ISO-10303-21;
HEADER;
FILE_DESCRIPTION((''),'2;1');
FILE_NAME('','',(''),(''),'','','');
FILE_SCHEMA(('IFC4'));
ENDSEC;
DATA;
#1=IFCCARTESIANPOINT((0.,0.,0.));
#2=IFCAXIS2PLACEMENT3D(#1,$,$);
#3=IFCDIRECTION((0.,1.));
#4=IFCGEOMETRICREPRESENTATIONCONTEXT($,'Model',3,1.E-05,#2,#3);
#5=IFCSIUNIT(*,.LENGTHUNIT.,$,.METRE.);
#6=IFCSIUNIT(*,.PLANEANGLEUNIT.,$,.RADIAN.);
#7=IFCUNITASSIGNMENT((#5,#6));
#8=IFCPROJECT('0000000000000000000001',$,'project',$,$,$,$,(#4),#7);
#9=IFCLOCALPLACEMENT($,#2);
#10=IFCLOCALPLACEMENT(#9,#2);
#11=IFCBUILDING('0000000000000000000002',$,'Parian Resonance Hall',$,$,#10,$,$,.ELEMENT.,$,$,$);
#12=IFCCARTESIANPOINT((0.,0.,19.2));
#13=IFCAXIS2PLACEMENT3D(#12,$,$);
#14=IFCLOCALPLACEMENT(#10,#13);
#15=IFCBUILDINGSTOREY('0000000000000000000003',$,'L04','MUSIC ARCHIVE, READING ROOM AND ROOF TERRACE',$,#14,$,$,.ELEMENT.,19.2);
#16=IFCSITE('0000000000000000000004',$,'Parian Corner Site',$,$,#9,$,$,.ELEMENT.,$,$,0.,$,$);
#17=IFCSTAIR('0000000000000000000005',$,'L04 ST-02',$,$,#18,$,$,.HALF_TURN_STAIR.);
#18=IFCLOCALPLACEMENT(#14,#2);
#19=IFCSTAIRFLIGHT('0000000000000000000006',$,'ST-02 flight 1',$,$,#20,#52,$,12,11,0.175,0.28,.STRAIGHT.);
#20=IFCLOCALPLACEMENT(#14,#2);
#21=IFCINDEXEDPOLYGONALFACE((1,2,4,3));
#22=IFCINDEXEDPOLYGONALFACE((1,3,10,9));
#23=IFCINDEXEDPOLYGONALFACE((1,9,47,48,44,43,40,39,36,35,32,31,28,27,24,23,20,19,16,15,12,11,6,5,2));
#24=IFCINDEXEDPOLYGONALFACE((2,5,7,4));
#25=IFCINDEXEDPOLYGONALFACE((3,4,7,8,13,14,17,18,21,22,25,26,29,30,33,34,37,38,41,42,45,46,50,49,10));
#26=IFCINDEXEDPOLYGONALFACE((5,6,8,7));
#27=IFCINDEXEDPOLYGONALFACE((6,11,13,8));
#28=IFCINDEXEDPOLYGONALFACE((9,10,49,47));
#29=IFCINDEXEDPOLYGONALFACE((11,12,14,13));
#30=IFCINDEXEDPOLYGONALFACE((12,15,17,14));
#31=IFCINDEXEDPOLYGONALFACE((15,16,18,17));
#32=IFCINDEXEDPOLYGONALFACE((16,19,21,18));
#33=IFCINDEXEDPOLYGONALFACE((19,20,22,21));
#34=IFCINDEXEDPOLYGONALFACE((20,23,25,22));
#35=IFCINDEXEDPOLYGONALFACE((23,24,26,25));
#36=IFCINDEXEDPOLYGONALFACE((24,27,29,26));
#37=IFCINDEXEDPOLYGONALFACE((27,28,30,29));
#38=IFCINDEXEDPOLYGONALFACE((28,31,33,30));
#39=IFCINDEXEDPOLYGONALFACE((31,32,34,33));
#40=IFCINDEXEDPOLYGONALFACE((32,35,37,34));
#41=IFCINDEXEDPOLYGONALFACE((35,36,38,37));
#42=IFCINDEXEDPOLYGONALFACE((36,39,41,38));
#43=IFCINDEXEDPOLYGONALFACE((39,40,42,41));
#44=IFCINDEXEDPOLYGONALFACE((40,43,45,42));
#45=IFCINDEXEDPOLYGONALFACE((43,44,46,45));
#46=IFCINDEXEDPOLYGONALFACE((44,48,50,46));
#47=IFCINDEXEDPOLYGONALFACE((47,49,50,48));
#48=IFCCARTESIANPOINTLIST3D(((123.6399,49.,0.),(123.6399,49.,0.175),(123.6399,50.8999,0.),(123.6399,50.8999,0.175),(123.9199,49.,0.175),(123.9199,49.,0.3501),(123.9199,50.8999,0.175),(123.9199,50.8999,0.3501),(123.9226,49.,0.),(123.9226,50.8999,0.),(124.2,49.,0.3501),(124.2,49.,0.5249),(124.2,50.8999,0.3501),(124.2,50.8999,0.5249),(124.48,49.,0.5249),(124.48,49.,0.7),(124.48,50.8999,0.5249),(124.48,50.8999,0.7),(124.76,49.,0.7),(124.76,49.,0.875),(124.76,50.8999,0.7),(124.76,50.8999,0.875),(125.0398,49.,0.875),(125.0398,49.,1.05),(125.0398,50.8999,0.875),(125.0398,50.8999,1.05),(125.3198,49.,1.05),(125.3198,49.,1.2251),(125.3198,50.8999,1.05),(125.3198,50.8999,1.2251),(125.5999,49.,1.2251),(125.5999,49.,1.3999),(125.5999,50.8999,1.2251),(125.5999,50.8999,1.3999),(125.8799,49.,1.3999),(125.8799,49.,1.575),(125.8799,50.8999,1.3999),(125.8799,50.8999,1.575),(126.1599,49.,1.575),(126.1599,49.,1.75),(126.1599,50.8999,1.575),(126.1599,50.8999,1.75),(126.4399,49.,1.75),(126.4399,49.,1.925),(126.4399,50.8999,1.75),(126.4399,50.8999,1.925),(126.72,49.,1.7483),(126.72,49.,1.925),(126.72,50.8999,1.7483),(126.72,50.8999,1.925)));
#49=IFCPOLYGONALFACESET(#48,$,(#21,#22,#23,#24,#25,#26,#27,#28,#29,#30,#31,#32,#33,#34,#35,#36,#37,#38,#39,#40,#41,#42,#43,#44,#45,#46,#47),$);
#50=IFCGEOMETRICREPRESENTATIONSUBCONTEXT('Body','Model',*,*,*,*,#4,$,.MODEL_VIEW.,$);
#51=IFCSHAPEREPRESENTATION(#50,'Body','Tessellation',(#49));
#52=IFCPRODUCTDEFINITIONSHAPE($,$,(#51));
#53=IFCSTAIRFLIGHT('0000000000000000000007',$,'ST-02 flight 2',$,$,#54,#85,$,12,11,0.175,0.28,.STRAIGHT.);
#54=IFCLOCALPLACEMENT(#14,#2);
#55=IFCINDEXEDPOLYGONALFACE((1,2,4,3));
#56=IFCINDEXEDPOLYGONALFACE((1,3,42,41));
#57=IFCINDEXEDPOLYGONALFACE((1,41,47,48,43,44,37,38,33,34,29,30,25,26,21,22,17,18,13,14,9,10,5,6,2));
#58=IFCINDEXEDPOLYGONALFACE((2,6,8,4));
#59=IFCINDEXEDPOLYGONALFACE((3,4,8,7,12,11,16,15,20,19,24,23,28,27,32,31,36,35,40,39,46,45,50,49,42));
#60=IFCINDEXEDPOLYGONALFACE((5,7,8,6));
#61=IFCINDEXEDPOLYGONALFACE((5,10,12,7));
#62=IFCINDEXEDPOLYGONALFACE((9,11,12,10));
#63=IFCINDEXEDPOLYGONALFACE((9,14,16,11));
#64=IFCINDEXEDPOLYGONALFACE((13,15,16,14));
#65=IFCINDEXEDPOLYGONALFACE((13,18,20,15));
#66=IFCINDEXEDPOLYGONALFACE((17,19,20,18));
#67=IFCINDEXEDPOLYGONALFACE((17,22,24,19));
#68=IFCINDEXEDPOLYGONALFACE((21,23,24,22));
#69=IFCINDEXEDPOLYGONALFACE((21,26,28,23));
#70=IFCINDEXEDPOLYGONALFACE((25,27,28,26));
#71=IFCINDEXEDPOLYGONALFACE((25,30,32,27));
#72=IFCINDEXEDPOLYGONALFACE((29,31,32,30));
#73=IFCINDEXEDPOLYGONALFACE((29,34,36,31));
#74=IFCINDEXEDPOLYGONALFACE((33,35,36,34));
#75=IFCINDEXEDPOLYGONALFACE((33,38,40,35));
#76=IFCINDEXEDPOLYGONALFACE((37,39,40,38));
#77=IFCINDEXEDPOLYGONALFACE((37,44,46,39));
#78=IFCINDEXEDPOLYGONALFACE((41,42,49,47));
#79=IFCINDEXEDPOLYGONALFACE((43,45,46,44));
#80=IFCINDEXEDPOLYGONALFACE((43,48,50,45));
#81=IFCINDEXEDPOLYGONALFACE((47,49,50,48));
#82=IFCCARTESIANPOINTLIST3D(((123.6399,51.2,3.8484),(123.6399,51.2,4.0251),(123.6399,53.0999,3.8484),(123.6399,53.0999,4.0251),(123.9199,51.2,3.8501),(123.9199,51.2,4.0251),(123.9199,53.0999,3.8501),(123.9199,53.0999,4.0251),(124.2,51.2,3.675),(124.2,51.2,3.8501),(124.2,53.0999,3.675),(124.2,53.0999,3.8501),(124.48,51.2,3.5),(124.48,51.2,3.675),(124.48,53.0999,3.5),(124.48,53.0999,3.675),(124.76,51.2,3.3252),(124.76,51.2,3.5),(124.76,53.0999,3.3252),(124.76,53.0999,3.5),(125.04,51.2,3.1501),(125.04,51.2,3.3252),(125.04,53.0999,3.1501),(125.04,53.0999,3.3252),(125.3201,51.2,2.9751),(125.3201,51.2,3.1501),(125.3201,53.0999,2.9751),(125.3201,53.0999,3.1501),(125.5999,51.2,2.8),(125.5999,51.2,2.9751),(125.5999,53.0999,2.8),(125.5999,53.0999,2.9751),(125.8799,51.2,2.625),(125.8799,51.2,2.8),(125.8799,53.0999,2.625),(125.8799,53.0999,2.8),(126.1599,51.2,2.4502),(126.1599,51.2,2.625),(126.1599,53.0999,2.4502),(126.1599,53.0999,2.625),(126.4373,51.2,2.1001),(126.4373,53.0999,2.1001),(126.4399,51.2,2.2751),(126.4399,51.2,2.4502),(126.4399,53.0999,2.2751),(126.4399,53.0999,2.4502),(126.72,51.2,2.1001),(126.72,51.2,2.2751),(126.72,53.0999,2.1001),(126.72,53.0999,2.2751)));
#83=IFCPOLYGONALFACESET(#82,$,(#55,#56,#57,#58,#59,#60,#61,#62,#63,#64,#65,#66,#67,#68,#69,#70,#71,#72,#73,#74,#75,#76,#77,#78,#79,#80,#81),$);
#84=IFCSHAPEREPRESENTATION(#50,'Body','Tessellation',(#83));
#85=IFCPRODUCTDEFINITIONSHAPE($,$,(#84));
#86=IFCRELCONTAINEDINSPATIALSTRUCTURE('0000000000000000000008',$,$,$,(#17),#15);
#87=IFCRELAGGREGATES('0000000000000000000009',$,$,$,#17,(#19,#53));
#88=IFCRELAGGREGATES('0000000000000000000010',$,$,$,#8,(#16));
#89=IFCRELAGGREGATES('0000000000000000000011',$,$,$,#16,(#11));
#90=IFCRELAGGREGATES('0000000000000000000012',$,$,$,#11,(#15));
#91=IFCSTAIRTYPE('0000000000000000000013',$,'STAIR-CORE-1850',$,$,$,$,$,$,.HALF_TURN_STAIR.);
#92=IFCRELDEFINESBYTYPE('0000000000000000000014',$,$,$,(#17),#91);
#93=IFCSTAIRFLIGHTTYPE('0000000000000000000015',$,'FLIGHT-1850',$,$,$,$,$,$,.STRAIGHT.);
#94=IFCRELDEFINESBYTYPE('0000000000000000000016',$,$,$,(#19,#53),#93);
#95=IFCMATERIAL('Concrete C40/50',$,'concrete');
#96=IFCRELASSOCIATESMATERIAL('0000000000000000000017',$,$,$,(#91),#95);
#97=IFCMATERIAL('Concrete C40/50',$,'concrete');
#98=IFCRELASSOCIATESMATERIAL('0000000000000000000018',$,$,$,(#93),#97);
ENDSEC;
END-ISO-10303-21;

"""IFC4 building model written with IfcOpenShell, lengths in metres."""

from ifc_helpers import new_model, si_unit, direction, frame, origin, place, context, subcontext, project, spatial, polyline, outline, extrude, material, type_object, element, aggregate, save


model = new_model("IFC4")

# Units and contexts
model_context = context("Model", 3, precision=1e-05, world=origin(), true_north=direction((0.0, 1.0)))
body_context = subcontext(model_context, "Body", "Model", "MODEL_VIEW")
ifc_project = project(units=[si_unit("LENGTHUNIT", "METRE"), si_unit("PLANEANGLEUNIT", "RADIAN")], contexts=[model_context])

# Site, building, storey
site_placement = place(None, origin())
site = spatial("IfcSite", under=ifc_project, at=site_placement, Name="Parian Corner Site", CompositionType="ELEMENT", RefElevation=0.0)
building_placement = place(site_placement, origin())
building = spatial("IfcBuilding", under=site, at=building_placement, Name="Parian Resonance Hall", CompositionType="ELEMENT")
storey_placement = place(building_placement, frame((0.0, 0.0, 19.2)))
storey = spatial("IfcBuildingStorey", under=building, at=storey_placement, Name="L04", Description="MUSIC ARCHIVE, READING ROOM AND ROOF TERRACE", CompositionType="ELEMENT", Elevation=19.2)

# Stair, stair flights
ifc_material_1 = material(Name="Concrete C40/50", Category="concrete")
stair_type = type_object("IfcStairType", Name="STAIR-CORE-1850", PredefinedType="HALF_TURN_STAIR", material=ifc_material_1)
stair_placement = place(storey_placement, origin())
stair = element("IfcStair", 1, at=stair_placement, inside=storey, type_object=stair_type, Name="L04 ST-02", PredefinedType="HALF_TURN_STAIR")
ifc_material_2 = material(Name="Concrete C40/50", Category="concrete")
stair_flight_type = type_object("IfcStairFlightType", Name="FLIGHT-1850", PredefinedType="STRAIGHT", material=ifc_material_2)
stair_flight_1_placement = place(storey_placement, frame((123.6399, 49.95, 0.0), z_axis=(0.0, 0.0, 1.0), x_axis=(1.0, 0.0, 0.0)))
stair_flight_1 = element("IfcStairFlight", 2, at=stair_flight_1_placement, type_object=stair_flight_type, Name="ST-02 flight 1", NumberOfRisers=12, NumberOfTreads=11, PredefinedType="STRAIGHT", RiserHeight=0.175, TreadLength=0.28, context=body_context, shape_type="SweptSolid", body=[
    extrude(outline(polyline([(0.0, 0.0), (0.0, 0.175), (0.28, 0.175), (0.28, 0.3501), (0.5601, 0.3501), (0.5601, 0.5249), (0.8401, 0.5249), (0.8401, 0.7), (1.1201, 0.7), (1.1201, 0.875), (1.3999, 0.875), (1.3999, 1.05), (1.6799, 1.05), (1.6799, 1.2251), (1.96, 1.2251), (1.96, 1.3999), (2.24, 1.3999), (2.24, 1.575), (2.52, 1.575), (2.52, 1.75), (2.8, 1.75), (2.8, 1.925), (3.0801, 1.925), (3.0801, 2.1001), (3.0801, 1.7483), (0.2827, 0.0), (0.0, 0.0)])), frame((0.0, 0.95, 0.0), z_axis=(0.0, -1.0, 0.0), x_axis=(1.0, 0.0, 0.0)), (0.0, 0.0, 1.0), 1.8999),
])
stair_flight_2_placement = place(storey_placement, frame((126.72, 52.1499, 2.1001), z_axis=(0.0, 0.0, 1.0), x_axis=(-1.0, 0.0, 0.0)))
stair_flight_2 = element("IfcStairFlight", 3, at=stair_flight_2_placement, type_object=stair_flight_type, Name="ST-02 flight 2", NumberOfRisers=12, NumberOfTreads=11, PredefinedType="STRAIGHT", RiserHeight=0.175, TreadLength=0.28, context=body_context, shape_type="SweptSolid", body=[
    extrude(outline(polyline([(0.0, 0.0), (0.0, 0.175), (0.28, 0.175), (0.28, 0.3501), (0.5601, 0.3501), (0.5601, 0.5249), (0.8401, 0.5249), (0.8401, 0.7), (1.1201, 0.7), (1.1201, 0.875), (1.3999, 0.875), (1.3999, 1.05), (1.6799, 1.05), (1.6799, 1.2251), (1.96, 1.2251), (1.96, 1.3999), (2.24, 1.3999), (2.24, 1.575), (2.52, 1.575), (2.52, 1.75), (2.8, 1.75), (2.8, 1.925), (3.0801, 1.925), (3.0801, 2.1001), (3.0801, 1.7483), (0.2827, 0.0), (0.0, 0.0)])), frame((0.0, 0.95, 0.0), z_axis=(0.0, -1.0, 0.0), x_axis=(1.0, 0.0, 0.0)), (0.0, 0.0, 1.0), 1.8999),
])
aggregate(stair, [stair_flight_1, stair_flight_2])

save(model, "model.ifc")
